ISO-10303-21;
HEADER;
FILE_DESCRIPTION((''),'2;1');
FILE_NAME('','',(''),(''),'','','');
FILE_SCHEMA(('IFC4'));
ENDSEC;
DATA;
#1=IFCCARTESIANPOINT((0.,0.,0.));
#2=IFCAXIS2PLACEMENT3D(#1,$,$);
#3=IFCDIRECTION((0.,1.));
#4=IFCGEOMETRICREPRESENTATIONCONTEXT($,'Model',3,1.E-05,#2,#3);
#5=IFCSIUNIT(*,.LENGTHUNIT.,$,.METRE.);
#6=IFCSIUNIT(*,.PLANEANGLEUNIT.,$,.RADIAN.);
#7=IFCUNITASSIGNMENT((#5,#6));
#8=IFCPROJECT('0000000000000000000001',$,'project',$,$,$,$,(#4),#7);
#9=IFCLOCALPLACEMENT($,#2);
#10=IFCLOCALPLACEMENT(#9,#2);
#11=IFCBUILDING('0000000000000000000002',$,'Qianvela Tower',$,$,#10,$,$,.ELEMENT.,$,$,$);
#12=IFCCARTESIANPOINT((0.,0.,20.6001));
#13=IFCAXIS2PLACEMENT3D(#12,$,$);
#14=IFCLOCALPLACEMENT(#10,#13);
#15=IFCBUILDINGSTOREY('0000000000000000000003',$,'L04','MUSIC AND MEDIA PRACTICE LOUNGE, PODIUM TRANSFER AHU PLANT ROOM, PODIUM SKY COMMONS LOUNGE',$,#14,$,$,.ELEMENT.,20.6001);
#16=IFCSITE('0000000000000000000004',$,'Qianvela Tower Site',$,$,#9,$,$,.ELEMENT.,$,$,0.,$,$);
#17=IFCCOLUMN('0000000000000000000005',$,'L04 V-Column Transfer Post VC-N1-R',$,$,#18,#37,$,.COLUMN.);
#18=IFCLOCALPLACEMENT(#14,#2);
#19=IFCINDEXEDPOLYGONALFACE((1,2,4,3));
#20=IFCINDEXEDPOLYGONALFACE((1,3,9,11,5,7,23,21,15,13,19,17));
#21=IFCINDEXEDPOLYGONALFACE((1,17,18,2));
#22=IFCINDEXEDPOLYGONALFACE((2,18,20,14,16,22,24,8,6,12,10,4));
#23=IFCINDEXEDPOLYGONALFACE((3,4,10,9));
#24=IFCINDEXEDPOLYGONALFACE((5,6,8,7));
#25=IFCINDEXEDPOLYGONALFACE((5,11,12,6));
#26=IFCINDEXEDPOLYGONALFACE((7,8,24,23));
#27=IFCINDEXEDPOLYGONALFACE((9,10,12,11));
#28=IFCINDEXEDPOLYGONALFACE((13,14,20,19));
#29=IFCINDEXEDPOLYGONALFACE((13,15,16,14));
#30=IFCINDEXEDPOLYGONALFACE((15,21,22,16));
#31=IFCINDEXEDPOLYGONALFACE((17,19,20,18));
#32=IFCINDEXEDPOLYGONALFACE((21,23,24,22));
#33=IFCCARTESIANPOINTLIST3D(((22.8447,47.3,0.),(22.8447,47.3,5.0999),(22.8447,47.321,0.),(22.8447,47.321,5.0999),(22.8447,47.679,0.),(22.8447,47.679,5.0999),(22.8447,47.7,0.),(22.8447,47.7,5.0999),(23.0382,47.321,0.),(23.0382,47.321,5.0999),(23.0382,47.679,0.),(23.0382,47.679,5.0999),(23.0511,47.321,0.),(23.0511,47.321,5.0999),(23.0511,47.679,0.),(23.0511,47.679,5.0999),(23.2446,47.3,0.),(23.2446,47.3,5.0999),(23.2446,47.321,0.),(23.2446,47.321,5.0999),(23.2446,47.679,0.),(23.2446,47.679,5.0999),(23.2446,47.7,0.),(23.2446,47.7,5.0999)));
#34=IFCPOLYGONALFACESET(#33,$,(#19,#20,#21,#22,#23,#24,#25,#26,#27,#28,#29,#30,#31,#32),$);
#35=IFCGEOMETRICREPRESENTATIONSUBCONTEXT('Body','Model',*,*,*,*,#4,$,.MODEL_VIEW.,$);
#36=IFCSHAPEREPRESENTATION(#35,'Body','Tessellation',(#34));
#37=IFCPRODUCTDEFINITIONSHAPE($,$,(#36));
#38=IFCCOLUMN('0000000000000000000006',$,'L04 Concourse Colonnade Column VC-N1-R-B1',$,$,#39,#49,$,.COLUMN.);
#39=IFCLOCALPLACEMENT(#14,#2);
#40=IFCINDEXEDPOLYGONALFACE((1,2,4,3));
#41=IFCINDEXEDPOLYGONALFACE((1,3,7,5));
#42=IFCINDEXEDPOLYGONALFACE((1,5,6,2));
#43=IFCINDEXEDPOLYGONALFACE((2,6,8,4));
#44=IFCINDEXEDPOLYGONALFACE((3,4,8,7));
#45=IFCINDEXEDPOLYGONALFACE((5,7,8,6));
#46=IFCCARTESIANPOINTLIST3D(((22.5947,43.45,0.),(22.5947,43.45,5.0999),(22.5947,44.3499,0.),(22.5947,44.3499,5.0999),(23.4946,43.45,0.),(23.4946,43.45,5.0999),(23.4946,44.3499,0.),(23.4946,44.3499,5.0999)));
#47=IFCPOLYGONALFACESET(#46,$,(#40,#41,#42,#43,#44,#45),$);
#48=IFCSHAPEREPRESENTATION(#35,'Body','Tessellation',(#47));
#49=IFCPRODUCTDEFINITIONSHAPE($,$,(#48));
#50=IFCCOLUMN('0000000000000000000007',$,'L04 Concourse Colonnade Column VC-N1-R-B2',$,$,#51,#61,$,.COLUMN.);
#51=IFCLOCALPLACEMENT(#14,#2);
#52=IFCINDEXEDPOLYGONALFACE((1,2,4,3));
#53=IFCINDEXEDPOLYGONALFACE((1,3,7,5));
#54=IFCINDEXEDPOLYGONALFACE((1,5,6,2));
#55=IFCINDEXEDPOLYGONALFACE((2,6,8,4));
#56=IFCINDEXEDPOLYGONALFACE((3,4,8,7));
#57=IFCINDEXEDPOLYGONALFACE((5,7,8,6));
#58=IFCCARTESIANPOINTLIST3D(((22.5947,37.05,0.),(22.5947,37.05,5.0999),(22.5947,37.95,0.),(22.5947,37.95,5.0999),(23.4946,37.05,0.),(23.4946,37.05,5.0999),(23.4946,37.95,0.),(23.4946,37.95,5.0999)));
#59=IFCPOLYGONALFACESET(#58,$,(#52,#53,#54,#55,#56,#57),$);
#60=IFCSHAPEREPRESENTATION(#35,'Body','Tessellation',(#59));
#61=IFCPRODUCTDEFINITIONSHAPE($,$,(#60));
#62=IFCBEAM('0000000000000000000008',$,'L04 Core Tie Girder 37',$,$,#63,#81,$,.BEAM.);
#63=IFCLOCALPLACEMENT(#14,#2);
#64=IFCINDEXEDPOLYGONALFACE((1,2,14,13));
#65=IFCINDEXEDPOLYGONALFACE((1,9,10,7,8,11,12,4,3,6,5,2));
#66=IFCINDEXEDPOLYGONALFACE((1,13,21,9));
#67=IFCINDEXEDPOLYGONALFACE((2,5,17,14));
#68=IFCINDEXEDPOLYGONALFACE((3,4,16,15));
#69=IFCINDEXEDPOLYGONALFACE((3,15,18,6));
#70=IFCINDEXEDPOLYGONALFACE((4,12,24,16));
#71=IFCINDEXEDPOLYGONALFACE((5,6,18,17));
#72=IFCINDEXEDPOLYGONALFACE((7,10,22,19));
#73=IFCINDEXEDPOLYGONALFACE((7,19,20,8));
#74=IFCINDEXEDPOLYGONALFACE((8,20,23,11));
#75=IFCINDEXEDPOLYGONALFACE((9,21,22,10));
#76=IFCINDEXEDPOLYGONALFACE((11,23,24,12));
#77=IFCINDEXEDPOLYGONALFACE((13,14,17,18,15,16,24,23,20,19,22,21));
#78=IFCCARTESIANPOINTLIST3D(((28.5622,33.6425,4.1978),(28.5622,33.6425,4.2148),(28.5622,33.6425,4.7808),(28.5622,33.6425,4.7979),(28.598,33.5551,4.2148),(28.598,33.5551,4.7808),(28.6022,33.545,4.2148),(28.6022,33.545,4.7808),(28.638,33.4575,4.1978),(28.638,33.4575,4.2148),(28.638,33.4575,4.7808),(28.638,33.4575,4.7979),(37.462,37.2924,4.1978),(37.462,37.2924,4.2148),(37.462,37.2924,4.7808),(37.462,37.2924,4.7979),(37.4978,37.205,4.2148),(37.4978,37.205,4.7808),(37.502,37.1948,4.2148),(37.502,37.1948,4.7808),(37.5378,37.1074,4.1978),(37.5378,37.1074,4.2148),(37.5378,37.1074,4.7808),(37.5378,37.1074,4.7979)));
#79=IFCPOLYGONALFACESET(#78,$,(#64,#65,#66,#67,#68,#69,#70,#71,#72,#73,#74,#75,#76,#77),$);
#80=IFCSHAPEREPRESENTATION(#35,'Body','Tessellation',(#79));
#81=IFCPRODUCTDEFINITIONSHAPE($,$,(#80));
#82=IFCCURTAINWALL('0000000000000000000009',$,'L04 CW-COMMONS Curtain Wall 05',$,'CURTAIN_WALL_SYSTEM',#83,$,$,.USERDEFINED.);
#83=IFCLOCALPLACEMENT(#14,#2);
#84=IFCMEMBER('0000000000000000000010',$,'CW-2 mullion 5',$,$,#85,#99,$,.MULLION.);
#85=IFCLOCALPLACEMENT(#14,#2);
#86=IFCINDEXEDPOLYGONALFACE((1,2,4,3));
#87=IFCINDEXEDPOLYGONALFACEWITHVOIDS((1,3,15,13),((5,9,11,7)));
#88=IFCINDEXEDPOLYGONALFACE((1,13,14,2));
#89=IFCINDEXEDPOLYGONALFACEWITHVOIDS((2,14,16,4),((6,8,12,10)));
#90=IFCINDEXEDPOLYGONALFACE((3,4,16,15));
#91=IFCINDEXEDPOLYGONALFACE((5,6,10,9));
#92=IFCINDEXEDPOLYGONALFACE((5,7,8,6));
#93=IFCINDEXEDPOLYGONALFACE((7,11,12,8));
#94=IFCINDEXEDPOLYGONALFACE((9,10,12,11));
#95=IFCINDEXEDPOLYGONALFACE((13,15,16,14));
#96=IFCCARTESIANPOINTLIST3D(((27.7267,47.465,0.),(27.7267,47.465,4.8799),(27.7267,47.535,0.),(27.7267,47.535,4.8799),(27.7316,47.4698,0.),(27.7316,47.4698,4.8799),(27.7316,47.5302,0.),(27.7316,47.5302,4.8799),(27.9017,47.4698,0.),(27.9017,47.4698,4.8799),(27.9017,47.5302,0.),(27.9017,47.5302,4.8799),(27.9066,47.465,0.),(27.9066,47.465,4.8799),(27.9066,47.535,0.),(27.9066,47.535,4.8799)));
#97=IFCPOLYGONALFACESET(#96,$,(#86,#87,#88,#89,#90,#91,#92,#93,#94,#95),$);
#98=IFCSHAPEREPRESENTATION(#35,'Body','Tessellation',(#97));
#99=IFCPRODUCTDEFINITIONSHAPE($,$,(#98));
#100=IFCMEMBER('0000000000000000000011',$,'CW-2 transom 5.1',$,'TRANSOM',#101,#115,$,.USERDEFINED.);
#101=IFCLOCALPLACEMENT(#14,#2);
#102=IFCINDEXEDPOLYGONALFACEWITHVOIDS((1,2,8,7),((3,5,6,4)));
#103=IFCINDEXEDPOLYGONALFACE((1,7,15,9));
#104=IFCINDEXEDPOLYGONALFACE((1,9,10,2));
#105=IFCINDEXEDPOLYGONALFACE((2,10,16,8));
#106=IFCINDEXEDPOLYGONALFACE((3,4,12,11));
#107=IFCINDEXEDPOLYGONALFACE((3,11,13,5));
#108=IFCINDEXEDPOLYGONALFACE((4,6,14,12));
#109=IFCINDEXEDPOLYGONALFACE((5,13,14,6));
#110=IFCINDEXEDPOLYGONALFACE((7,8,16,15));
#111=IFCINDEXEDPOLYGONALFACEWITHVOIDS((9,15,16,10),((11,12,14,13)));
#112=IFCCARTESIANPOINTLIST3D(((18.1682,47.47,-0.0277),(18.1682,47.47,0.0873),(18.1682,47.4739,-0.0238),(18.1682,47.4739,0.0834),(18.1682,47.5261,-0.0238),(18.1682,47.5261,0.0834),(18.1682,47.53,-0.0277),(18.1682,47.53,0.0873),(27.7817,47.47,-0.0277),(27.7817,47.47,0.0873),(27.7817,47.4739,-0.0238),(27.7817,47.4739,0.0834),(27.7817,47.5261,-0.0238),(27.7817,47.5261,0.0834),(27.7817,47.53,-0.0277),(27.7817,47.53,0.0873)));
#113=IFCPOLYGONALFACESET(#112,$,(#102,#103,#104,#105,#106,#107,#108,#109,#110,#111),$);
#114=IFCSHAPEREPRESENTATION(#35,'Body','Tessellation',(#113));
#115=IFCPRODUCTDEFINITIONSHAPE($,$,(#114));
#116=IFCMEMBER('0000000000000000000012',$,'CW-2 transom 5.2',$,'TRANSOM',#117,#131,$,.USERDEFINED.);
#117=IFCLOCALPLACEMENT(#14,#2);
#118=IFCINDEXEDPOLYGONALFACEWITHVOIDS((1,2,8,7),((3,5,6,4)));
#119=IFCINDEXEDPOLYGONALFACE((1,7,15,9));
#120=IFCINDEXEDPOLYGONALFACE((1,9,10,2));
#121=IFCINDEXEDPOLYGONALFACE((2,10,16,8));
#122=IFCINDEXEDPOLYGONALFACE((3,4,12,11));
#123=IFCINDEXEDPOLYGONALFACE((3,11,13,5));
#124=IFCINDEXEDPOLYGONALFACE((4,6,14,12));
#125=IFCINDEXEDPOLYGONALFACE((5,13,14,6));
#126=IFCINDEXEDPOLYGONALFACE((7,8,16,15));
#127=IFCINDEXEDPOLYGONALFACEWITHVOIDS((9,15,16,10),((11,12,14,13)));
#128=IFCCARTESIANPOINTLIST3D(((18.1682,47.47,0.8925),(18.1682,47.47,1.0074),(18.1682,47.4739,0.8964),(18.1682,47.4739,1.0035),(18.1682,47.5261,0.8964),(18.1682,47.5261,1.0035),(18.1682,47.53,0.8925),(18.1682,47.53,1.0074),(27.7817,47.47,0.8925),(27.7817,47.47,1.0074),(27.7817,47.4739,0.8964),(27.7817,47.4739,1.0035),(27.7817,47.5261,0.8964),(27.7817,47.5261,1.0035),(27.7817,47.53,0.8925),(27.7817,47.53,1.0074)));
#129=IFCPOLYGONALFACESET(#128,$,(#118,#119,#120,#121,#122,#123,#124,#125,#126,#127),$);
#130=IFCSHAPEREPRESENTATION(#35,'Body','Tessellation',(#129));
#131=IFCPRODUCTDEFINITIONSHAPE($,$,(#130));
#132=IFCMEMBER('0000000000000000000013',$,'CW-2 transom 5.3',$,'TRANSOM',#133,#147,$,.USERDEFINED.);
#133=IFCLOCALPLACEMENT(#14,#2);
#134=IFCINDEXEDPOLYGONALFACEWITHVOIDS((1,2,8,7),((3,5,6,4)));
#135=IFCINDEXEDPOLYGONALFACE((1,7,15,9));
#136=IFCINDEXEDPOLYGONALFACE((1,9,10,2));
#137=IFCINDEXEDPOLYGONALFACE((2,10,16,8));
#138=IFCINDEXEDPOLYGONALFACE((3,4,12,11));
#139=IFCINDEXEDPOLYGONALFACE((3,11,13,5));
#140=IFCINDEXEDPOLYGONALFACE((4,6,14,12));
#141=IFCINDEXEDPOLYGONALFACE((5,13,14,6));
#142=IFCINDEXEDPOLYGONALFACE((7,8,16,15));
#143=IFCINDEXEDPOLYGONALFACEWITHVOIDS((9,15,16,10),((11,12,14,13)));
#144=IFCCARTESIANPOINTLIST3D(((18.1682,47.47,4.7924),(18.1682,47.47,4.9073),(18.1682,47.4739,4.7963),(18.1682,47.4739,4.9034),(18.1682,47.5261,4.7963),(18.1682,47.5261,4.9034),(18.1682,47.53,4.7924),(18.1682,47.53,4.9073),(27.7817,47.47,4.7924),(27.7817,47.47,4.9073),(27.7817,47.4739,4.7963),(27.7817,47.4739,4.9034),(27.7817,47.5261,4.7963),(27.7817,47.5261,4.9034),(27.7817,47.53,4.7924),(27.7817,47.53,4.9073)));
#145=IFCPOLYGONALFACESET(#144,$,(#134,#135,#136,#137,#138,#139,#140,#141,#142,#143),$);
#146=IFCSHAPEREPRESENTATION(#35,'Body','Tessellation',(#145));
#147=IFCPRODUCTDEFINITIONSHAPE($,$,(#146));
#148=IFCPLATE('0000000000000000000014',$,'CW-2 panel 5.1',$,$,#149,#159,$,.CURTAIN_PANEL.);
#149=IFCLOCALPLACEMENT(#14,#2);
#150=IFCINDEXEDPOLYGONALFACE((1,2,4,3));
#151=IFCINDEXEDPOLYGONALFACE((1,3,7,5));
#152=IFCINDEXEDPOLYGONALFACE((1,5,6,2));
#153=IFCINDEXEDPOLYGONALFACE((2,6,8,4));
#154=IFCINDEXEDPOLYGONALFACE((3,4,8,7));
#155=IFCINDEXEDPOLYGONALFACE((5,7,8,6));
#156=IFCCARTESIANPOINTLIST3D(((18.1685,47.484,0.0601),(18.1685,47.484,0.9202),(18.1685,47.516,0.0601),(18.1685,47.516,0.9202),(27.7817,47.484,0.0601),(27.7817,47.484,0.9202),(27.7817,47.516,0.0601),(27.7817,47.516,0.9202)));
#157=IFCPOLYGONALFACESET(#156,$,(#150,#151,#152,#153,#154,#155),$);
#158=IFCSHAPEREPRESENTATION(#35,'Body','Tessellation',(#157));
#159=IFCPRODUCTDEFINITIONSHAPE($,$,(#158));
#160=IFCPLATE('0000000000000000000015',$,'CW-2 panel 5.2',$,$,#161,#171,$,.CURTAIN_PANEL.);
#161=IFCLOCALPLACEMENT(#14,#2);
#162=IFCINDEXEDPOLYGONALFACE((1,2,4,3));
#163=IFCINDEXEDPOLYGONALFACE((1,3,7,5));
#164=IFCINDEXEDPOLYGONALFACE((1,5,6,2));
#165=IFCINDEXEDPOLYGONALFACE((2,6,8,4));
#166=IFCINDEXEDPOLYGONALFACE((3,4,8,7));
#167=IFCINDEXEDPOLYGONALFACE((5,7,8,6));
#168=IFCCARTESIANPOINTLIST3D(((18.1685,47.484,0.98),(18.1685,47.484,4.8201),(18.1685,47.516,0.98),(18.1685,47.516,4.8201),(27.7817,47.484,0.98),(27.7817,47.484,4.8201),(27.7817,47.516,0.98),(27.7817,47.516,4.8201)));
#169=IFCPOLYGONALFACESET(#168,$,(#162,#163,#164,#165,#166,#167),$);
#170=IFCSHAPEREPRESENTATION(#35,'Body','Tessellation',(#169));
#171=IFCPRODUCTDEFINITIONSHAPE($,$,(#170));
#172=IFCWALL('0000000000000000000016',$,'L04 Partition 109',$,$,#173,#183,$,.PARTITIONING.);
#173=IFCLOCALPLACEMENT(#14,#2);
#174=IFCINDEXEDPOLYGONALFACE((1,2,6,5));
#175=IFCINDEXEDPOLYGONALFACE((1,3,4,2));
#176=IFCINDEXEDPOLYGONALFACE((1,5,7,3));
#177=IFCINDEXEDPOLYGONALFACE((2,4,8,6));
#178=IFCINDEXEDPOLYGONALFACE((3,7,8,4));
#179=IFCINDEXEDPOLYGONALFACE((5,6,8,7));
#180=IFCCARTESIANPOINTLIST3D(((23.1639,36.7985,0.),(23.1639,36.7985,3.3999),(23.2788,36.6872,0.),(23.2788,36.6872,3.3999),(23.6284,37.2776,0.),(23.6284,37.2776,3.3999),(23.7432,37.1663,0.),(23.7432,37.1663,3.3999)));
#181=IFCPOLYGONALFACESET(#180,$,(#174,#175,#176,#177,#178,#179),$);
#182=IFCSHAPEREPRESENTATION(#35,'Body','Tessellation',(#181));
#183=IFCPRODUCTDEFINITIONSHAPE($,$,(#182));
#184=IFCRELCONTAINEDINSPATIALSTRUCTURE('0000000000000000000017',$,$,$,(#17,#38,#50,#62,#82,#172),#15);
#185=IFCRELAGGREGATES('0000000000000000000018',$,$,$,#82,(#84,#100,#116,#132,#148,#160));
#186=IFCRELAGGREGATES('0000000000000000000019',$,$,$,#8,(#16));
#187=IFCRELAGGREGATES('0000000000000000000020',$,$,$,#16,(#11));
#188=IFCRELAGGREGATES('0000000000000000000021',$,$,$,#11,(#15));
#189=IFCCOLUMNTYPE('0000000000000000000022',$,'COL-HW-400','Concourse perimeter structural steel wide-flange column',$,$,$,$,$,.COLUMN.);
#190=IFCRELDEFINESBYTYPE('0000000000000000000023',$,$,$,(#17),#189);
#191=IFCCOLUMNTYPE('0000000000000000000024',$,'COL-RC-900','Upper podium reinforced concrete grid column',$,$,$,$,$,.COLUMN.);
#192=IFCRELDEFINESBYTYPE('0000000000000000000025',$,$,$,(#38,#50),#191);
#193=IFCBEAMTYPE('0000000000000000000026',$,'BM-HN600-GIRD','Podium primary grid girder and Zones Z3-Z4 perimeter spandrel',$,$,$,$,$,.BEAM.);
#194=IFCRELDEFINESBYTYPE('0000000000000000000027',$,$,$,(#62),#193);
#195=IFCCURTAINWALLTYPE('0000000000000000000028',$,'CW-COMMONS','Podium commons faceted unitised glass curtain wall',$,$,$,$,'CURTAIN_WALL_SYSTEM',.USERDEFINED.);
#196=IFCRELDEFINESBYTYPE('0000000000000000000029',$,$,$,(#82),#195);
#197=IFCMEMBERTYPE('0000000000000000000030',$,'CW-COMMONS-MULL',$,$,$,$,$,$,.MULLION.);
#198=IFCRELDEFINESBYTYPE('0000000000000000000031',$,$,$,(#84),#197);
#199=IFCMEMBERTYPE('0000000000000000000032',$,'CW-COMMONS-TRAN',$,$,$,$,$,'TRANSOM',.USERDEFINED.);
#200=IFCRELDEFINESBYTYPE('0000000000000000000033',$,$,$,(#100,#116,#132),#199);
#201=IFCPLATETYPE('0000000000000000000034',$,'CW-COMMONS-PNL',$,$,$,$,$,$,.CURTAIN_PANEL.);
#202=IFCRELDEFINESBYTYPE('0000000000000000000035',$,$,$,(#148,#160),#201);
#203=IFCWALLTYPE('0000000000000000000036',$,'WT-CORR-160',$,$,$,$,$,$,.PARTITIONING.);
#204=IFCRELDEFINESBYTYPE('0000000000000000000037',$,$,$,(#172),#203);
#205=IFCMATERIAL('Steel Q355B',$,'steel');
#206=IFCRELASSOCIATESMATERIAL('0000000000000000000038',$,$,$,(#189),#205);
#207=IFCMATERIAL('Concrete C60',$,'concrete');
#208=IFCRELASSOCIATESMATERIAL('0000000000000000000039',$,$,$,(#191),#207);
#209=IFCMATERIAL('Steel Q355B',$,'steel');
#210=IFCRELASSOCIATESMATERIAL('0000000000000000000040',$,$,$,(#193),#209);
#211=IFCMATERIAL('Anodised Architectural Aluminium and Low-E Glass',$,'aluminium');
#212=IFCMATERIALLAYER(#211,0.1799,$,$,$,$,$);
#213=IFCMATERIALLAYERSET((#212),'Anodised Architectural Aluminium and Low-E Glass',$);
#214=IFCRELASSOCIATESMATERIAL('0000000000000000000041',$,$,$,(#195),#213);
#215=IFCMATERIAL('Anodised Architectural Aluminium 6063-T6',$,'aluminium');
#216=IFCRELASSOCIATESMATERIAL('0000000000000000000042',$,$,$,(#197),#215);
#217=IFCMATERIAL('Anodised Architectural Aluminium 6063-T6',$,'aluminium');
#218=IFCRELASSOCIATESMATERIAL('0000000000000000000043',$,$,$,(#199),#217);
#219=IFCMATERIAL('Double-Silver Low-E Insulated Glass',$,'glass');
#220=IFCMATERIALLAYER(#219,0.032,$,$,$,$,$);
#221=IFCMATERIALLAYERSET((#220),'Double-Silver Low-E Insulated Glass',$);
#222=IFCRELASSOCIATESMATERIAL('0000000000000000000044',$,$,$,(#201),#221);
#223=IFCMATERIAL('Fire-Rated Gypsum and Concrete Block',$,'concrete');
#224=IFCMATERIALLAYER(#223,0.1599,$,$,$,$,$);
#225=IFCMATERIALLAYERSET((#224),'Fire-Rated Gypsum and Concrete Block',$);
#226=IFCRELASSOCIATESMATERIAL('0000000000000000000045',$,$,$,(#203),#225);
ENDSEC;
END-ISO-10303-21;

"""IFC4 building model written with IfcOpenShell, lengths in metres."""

from ifc_helpers import new_model, si_unit, direction, frame, frame_2d, origin, origin_2d, place, context, subcontext, project, spatial, rectangle, hollow_rectangle, i_section, extrude, material, layer, layer_set, material_profile, profile_set, type_object, element, aggregate, save


model = new_model("IFC4")

# Units and contexts
model_context = context("Model", 3, precision=1e-05, world=origin(), true_north=direction((0.0, 1.0)))
body_context = subcontext(model_context, "Body", "Model", "MODEL_VIEW")
ifc_project = project(units=[si_unit("LENGTHUNIT", "METRE"), si_unit("PLANEANGLEUNIT", "RADIAN")], contexts=[model_context])

# Site, building, storey
site_placement = place(None, origin())
site = spatial("IfcSite", under=ifc_project, at=site_placement, Name="Qianvela Tower Site", CompositionType="ELEMENT", RefElevation=0.0)
building_placement = place(site_placement, origin())
building = spatial("IfcBuilding", under=site, at=building_placement, Name="Qianvela Tower", CompositionType="ELEMENT")
storey_placement = place(building_placement, frame((0.0, 0.0, 20.6001)))
storey = spatial("IfcBuildingStorey", under=building, at=storey_placement, Name="L04", Description="MUSIC AND MEDIA PRACTICE LOUNGE, PODIUM TRANSFER AHU PLANT ROOM, PODIUM SKY COMMONS LOUNGE", CompositionType="ELEMENT", Elevation=20.6001)

# Columns
ifc_material_1 = material(Name="Steel Q355B", Category="steel")
ifc_material_profile_1 = material_profile(ifc_material_1, i_section(OverallWidth=0.3999, OverallDepth=0.3999, WebThickness=0.0129, FlangeThickness=0.021, at=origin_2d()), Name="HW400x400x13x21")
ifc_profile_set_1 = profile_set([ifc_material_profile_1], Name="Steel Q355B")
column_type_1 = type_object("IfcColumnType", Name="COL-HW-400", Description="Concourse perimeter structural steel wide-flange column", PredefinedType="COLUMN", material=ifc_profile_set_1)
column_placement = place(storey_placement, frame((23.0447, 47.5, 0.0), z_axis=(0.0, 0.0, 1.0), x_axis=(1.0, 0.0, 0.0)))
element("IfcColumn", 1, at=column_placement, inside=storey, type_object=column_type_1, Name="L04 V-Column Transfer Post VC-N1-R", PredefinedType="COLUMN", context=body_context, shape_type="SweptSolid", body=[
    extrude(i_section(OverallWidth=0.3999, OverallDepth=0.3999, WebThickness=0.0129, FlangeThickness=0.021, at=origin_2d()), origin(), (0.0, 0.0, 1.0), 5.0999),
])
ifc_material_2 = material(Name="Concrete C60", Category="concrete")
ifc_material_profile_2 = material_profile(ifc_material_2, rectangle(XDim=0.8999, YDim=0.8999, at=origin_2d()), Name="RC-COL-900x900")
ifc_profile_set_2 = profile_set([ifc_material_profile_2], Name="Concrete C60")
column_type_2 = type_object("IfcColumnType", Name="COL-RC-900", Description="Upper podium reinforced concrete grid column", PredefinedType="COLUMN", material=ifc_profile_set_2)
for number, where, z_axis, x_axis, name in (
    (2, (23.0447, 43.8999, 0.0), (0.0, 0.0, 1.0), (1.0, 0.0, 0.0), "L04 Concourse Colonnade Column VC-N1-R-B1"),
    (3, (23.0447, 37.5, 0.0), (0.0, 0.0, 1.0), (1.0, 0.0, 0.0), "L04 Concourse Colonnade Column VC-N1-R-B2"),
):
    element("IfcColumn", number, at=place(storey_placement, frame(where, z_axis=z_axis, x_axis=x_axis)), inside=storey, type_object=column_type_2, Name=name, PredefinedType="COLUMN", context=body_context, shape_type="SweptSolid", body=[
        extrude(rectangle(XDim=0.8999, YDim=0.8999, at=origin_2d()), origin(), (0.0, 0.0, 1.0), 5.0999),
    ])

# Beam
ifc_material_3 = material(Name="Steel Q355B", Category="steel")
ifc_material_profile_3 = material_profile(ifc_material_3, i_section(OverallWidth=0.2, OverallDepth=0.6001, WebThickness=0.011, FlangeThickness=0.0171, at=origin_2d()), Name="HN600x200x11x17")
ifc_profile_set_3 = profile_set([ifc_material_profile_3], Name="Steel Q355B")
beam_type = type_object("IfcBeamType", Name="BM-HN600-GIRD", Description="Podium primary grid girder and Zones Z3-Z4 perimeter spandrel", PredefinedType="BEAM", material=ifc_profile_set_3)
beam_placement = place(storey_placement, frame((28.6001, 33.55, 4.4978), z_axis=(0.925218, 0.379437, 0.0), x_axis=(-0.379437, 0.925218, 0.0)))
element("IfcBeam", 4, at=beam_placement, inside=storey, type_object=beam_type, Name="L04 Core Tie Girder 37", PredefinedType="BEAM", context=body_context, shape_type="SweptSolid", body=[
    extrude(i_section(OverallWidth=0.2, OverallDepth=0.6001, WebThickness=0.011, FlangeThickness=0.0171, at=origin_2d()), origin(), (0.0, 0.0, 1.0), 9.6191),
])

# Curtain wall, members, plates
ifc_material_4 = material(Name="Anodised Architectural Aluminium and Low-E Glass", Category="aluminium")
ifc_layer_1 = layer(ifc_material_4, 0.1799)
ifc_layer_set_1 = layer_set([ifc_layer_1], Name="Anodised Architectural Aluminium and Low-E Glass")
curtain_wall_type = type_object("IfcCurtainWallType", Name="CW-COMMONS", Description="Podium commons faceted unitised glass curtain wall", ElementType="CURTAIN_WALL_SYSTEM", PredefinedType="USERDEFINED", material=ifc_layer_set_1)
curtain_wall_placement = place(storey_placement, origin())
curtain_wall = element("IfcCurtainWall", 5, at=curtain_wall_placement, inside=storey, type_object=curtain_wall_type, Name="L04 CW-COMMONS Curtain Wall 05", ObjectType="CURTAIN_WALL_SYSTEM", PredefinedType="USERDEFINED")
ifc_material_5 = material(Name="Anodised Architectural Aluminium 6063-T6", Category="aluminium")
ifc_material_profile_4 = material_profile(ifc_material_5, hollow_rectangle(XDim=0.0701, YDim=0.1799, WallThickness=0.0049, at=origin_2d()), Name="ALU-MULL-70x180")
ifc_profile_set_4 = profile_set([ifc_material_profile_4], Name="Anodised Architectural Aluminium 6063-T6")
member_type_1 = type_object("IfcMemberType", Name="CW-COMMONS-MULL", PredefinedType="MULLION", material=ifc_profile_set_4)
member_1_placement = place(storey_placement, frame((27.8167, 47.5, 0.0), z_axis=(0.0, 0.0, 1.0), x_axis=(0.0, -1.0, 0.0)))
member_1 = element("IfcMember", 6, at=member_1_placement, type_object=member_type_1, Name="CW-2 mullion 5", PredefinedType="MULLION", context=body_context, shape_type="SweptSolid", body=[
    extrude(hollow_rectangle(XDim=0.0701, YDim=0.1799, WallThickness=0.0049, at=origin_2d()), origin(), (0.0, 0.0, 1.0), 4.8799),
])
ifc_material_6 = material(Name="Anodised Architectural Aluminium 6063-T6", Category="aluminium")
ifc_material_profile_5 = material_profile(ifc_material_6, hollow_rectangle(XDim=0.0601, YDim=0.115, WallThickness=0.0039, at=origin_2d()), Name="ALU-TRAN-60x115")
ifc_profile_set_5 = profile_set([ifc_material_profile_5], Name="Anodised Architectural Aluminium 6063-T6")
member_type_2 = type_object("IfcMemberType", Name="CW-COMMONS-TRAN", ElementType="TRANSOM", PredefinedType="USERDEFINED", material=ifc_profile_set_5)
member_2_placement = place(storey_placement, frame((27.7817, 47.5, 0.0298), z_axis=(-1.0, 0.0, 0.0), x_axis=(0.0, -1.0, 0.0)))
member_2 = element("IfcMember", 7, at=member_2_placement, type_object=member_type_2, Name="CW-2 transom 5.1", ObjectType="TRANSOM", PredefinedType="USERDEFINED", context=body_context, shape_type="SweptSolid", body=[
    extrude(hollow_rectangle(XDim=0.0601, YDim=0.115, WallThickness=0.0039, at=origin_2d()), origin(), (0.0, 0.0, 1.0), 9.6135),
])
member_3_placement = place(storey_placement, frame((27.7817, 47.5, 0.95), z_axis=(-1.0, 0.0, 0.0), x_axis=(0.0, -1.0, 0.0)))
member_3 = element("IfcMember", 8, at=member_3_placement, type_object=member_type_2, Name="CW-2 transom 5.2", ObjectType="TRANSOM", PredefinedType="USERDEFINED", context=body_context, shape_type="SweptSolid", body=[
    extrude(hollow_rectangle(XDim=0.0601, YDim=0.115, WallThickness=0.0039, at=origin_2d()), origin(), (0.0, 0.0, 1.0), 9.6135),
])
member_4_placement = place(storey_placement, frame((27.7817, 47.5, 4.8499), z_axis=(-1.0, 0.0, 0.0), x_axis=(0.0, -1.0, 0.0)))
member_4 = element("IfcMember", 9, at=member_4_placement, type_object=member_type_2, Name="CW-2 transom 5.3", ObjectType="TRANSOM", PredefinedType="USERDEFINED", context=body_context, shape_type="SweptSolid", body=[
    extrude(hollow_rectangle(XDim=0.0601, YDim=0.115, WallThickness=0.0039, at=origin_2d()), origin(), (0.0, 0.0, 1.0), 9.6135),
])
ifc_material_7 = material(Name="Double-Silver Low-E Insulated Glass", Category="glass")
ifc_layer_2 = layer(ifc_material_7, 0.032)
ifc_layer_set_2 = layer_set([ifc_layer_2], Name="Double-Silver Low-E Insulated Glass")
plate_type = type_object("IfcPlateType", Name="CW-COMMONS-PNL", PredefinedType="CURTAIN_PANEL", material=ifc_layer_set_2)
plate_1_placement = place(storey_placement, frame((22.9751, 47.5, 0.0601), z_axis=(0.0, 0.0, 1.0), x_axis=(-1.0, 0.0, 0.0)))
plate_1 = element("IfcPlate", 10, at=plate_1_placement, type_object=plate_type, Name="CW-2 panel 5.1", PredefinedType="CURTAIN_PANEL", context=body_context, shape_type="SweptSolid", body=[
    extrude(rectangle(XDim=9.6133, YDim=0.032, at=origin_2d()), origin(), (0.0, 0.0, 1.0), 0.8601),
])
plate_2_placement = place(storey_placement, frame((22.9751, 47.5, 0.98), z_axis=(0.0, 0.0, 1.0), x_axis=(-1.0, 0.0, 0.0)))
plate_2 = element("IfcPlate", 11, at=plate_2_placement, type_object=plate_type, Name="CW-2 panel 5.2", PredefinedType="CURTAIN_PANEL", context=body_context, shape_type="SweptSolid", body=[
    extrude(rectangle(XDim=9.6133, YDim=0.032, at=origin_2d()), origin(), (0.0, 0.0, 1.0), 3.8401),
])
aggregate(curtain_wall, [member_1, member_2, member_3, member_4, plate_1, plate_2])

# Shared definitions
ifc_material_8 = material(Name="Fire-Rated Gypsum and Concrete Block", Category="concrete")
ifc_layer_3 = layer(ifc_material_8, 0.1599)
ifc_layer_set_3 = layer_set([ifc_layer_3], Name="Fire-Rated Gypsum and Concrete Block")
wall_type_1 = type_object("IfcWallType", Name="WT-CORR-160", PredefinedType="PARTITIONING", material=ifc_layer_set_3)

# Wall
wall_1_placement = place(storey_placement, frame((23.2214, 36.7429, 0.0), z_axis=(0.0, 0.0, 1.0), x_axis=(0.696043, 0.718, 0.0)))
element("IfcWall", 12, at=wall_1_placement, inside=storey, type_object=wall_type_1, Name="L04 Partition 109", PredefinedType="PARTITIONING", context=body_context, shape_type="SweptSolid", body=[
    extrude(rectangle(XDim=0.6672, YDim=0.1599, at=frame_2d((0.3335, 0.0))), origin(), (0.0, 0.0, 1.0), 3.3999),
])

save(model, "model.ifc")
